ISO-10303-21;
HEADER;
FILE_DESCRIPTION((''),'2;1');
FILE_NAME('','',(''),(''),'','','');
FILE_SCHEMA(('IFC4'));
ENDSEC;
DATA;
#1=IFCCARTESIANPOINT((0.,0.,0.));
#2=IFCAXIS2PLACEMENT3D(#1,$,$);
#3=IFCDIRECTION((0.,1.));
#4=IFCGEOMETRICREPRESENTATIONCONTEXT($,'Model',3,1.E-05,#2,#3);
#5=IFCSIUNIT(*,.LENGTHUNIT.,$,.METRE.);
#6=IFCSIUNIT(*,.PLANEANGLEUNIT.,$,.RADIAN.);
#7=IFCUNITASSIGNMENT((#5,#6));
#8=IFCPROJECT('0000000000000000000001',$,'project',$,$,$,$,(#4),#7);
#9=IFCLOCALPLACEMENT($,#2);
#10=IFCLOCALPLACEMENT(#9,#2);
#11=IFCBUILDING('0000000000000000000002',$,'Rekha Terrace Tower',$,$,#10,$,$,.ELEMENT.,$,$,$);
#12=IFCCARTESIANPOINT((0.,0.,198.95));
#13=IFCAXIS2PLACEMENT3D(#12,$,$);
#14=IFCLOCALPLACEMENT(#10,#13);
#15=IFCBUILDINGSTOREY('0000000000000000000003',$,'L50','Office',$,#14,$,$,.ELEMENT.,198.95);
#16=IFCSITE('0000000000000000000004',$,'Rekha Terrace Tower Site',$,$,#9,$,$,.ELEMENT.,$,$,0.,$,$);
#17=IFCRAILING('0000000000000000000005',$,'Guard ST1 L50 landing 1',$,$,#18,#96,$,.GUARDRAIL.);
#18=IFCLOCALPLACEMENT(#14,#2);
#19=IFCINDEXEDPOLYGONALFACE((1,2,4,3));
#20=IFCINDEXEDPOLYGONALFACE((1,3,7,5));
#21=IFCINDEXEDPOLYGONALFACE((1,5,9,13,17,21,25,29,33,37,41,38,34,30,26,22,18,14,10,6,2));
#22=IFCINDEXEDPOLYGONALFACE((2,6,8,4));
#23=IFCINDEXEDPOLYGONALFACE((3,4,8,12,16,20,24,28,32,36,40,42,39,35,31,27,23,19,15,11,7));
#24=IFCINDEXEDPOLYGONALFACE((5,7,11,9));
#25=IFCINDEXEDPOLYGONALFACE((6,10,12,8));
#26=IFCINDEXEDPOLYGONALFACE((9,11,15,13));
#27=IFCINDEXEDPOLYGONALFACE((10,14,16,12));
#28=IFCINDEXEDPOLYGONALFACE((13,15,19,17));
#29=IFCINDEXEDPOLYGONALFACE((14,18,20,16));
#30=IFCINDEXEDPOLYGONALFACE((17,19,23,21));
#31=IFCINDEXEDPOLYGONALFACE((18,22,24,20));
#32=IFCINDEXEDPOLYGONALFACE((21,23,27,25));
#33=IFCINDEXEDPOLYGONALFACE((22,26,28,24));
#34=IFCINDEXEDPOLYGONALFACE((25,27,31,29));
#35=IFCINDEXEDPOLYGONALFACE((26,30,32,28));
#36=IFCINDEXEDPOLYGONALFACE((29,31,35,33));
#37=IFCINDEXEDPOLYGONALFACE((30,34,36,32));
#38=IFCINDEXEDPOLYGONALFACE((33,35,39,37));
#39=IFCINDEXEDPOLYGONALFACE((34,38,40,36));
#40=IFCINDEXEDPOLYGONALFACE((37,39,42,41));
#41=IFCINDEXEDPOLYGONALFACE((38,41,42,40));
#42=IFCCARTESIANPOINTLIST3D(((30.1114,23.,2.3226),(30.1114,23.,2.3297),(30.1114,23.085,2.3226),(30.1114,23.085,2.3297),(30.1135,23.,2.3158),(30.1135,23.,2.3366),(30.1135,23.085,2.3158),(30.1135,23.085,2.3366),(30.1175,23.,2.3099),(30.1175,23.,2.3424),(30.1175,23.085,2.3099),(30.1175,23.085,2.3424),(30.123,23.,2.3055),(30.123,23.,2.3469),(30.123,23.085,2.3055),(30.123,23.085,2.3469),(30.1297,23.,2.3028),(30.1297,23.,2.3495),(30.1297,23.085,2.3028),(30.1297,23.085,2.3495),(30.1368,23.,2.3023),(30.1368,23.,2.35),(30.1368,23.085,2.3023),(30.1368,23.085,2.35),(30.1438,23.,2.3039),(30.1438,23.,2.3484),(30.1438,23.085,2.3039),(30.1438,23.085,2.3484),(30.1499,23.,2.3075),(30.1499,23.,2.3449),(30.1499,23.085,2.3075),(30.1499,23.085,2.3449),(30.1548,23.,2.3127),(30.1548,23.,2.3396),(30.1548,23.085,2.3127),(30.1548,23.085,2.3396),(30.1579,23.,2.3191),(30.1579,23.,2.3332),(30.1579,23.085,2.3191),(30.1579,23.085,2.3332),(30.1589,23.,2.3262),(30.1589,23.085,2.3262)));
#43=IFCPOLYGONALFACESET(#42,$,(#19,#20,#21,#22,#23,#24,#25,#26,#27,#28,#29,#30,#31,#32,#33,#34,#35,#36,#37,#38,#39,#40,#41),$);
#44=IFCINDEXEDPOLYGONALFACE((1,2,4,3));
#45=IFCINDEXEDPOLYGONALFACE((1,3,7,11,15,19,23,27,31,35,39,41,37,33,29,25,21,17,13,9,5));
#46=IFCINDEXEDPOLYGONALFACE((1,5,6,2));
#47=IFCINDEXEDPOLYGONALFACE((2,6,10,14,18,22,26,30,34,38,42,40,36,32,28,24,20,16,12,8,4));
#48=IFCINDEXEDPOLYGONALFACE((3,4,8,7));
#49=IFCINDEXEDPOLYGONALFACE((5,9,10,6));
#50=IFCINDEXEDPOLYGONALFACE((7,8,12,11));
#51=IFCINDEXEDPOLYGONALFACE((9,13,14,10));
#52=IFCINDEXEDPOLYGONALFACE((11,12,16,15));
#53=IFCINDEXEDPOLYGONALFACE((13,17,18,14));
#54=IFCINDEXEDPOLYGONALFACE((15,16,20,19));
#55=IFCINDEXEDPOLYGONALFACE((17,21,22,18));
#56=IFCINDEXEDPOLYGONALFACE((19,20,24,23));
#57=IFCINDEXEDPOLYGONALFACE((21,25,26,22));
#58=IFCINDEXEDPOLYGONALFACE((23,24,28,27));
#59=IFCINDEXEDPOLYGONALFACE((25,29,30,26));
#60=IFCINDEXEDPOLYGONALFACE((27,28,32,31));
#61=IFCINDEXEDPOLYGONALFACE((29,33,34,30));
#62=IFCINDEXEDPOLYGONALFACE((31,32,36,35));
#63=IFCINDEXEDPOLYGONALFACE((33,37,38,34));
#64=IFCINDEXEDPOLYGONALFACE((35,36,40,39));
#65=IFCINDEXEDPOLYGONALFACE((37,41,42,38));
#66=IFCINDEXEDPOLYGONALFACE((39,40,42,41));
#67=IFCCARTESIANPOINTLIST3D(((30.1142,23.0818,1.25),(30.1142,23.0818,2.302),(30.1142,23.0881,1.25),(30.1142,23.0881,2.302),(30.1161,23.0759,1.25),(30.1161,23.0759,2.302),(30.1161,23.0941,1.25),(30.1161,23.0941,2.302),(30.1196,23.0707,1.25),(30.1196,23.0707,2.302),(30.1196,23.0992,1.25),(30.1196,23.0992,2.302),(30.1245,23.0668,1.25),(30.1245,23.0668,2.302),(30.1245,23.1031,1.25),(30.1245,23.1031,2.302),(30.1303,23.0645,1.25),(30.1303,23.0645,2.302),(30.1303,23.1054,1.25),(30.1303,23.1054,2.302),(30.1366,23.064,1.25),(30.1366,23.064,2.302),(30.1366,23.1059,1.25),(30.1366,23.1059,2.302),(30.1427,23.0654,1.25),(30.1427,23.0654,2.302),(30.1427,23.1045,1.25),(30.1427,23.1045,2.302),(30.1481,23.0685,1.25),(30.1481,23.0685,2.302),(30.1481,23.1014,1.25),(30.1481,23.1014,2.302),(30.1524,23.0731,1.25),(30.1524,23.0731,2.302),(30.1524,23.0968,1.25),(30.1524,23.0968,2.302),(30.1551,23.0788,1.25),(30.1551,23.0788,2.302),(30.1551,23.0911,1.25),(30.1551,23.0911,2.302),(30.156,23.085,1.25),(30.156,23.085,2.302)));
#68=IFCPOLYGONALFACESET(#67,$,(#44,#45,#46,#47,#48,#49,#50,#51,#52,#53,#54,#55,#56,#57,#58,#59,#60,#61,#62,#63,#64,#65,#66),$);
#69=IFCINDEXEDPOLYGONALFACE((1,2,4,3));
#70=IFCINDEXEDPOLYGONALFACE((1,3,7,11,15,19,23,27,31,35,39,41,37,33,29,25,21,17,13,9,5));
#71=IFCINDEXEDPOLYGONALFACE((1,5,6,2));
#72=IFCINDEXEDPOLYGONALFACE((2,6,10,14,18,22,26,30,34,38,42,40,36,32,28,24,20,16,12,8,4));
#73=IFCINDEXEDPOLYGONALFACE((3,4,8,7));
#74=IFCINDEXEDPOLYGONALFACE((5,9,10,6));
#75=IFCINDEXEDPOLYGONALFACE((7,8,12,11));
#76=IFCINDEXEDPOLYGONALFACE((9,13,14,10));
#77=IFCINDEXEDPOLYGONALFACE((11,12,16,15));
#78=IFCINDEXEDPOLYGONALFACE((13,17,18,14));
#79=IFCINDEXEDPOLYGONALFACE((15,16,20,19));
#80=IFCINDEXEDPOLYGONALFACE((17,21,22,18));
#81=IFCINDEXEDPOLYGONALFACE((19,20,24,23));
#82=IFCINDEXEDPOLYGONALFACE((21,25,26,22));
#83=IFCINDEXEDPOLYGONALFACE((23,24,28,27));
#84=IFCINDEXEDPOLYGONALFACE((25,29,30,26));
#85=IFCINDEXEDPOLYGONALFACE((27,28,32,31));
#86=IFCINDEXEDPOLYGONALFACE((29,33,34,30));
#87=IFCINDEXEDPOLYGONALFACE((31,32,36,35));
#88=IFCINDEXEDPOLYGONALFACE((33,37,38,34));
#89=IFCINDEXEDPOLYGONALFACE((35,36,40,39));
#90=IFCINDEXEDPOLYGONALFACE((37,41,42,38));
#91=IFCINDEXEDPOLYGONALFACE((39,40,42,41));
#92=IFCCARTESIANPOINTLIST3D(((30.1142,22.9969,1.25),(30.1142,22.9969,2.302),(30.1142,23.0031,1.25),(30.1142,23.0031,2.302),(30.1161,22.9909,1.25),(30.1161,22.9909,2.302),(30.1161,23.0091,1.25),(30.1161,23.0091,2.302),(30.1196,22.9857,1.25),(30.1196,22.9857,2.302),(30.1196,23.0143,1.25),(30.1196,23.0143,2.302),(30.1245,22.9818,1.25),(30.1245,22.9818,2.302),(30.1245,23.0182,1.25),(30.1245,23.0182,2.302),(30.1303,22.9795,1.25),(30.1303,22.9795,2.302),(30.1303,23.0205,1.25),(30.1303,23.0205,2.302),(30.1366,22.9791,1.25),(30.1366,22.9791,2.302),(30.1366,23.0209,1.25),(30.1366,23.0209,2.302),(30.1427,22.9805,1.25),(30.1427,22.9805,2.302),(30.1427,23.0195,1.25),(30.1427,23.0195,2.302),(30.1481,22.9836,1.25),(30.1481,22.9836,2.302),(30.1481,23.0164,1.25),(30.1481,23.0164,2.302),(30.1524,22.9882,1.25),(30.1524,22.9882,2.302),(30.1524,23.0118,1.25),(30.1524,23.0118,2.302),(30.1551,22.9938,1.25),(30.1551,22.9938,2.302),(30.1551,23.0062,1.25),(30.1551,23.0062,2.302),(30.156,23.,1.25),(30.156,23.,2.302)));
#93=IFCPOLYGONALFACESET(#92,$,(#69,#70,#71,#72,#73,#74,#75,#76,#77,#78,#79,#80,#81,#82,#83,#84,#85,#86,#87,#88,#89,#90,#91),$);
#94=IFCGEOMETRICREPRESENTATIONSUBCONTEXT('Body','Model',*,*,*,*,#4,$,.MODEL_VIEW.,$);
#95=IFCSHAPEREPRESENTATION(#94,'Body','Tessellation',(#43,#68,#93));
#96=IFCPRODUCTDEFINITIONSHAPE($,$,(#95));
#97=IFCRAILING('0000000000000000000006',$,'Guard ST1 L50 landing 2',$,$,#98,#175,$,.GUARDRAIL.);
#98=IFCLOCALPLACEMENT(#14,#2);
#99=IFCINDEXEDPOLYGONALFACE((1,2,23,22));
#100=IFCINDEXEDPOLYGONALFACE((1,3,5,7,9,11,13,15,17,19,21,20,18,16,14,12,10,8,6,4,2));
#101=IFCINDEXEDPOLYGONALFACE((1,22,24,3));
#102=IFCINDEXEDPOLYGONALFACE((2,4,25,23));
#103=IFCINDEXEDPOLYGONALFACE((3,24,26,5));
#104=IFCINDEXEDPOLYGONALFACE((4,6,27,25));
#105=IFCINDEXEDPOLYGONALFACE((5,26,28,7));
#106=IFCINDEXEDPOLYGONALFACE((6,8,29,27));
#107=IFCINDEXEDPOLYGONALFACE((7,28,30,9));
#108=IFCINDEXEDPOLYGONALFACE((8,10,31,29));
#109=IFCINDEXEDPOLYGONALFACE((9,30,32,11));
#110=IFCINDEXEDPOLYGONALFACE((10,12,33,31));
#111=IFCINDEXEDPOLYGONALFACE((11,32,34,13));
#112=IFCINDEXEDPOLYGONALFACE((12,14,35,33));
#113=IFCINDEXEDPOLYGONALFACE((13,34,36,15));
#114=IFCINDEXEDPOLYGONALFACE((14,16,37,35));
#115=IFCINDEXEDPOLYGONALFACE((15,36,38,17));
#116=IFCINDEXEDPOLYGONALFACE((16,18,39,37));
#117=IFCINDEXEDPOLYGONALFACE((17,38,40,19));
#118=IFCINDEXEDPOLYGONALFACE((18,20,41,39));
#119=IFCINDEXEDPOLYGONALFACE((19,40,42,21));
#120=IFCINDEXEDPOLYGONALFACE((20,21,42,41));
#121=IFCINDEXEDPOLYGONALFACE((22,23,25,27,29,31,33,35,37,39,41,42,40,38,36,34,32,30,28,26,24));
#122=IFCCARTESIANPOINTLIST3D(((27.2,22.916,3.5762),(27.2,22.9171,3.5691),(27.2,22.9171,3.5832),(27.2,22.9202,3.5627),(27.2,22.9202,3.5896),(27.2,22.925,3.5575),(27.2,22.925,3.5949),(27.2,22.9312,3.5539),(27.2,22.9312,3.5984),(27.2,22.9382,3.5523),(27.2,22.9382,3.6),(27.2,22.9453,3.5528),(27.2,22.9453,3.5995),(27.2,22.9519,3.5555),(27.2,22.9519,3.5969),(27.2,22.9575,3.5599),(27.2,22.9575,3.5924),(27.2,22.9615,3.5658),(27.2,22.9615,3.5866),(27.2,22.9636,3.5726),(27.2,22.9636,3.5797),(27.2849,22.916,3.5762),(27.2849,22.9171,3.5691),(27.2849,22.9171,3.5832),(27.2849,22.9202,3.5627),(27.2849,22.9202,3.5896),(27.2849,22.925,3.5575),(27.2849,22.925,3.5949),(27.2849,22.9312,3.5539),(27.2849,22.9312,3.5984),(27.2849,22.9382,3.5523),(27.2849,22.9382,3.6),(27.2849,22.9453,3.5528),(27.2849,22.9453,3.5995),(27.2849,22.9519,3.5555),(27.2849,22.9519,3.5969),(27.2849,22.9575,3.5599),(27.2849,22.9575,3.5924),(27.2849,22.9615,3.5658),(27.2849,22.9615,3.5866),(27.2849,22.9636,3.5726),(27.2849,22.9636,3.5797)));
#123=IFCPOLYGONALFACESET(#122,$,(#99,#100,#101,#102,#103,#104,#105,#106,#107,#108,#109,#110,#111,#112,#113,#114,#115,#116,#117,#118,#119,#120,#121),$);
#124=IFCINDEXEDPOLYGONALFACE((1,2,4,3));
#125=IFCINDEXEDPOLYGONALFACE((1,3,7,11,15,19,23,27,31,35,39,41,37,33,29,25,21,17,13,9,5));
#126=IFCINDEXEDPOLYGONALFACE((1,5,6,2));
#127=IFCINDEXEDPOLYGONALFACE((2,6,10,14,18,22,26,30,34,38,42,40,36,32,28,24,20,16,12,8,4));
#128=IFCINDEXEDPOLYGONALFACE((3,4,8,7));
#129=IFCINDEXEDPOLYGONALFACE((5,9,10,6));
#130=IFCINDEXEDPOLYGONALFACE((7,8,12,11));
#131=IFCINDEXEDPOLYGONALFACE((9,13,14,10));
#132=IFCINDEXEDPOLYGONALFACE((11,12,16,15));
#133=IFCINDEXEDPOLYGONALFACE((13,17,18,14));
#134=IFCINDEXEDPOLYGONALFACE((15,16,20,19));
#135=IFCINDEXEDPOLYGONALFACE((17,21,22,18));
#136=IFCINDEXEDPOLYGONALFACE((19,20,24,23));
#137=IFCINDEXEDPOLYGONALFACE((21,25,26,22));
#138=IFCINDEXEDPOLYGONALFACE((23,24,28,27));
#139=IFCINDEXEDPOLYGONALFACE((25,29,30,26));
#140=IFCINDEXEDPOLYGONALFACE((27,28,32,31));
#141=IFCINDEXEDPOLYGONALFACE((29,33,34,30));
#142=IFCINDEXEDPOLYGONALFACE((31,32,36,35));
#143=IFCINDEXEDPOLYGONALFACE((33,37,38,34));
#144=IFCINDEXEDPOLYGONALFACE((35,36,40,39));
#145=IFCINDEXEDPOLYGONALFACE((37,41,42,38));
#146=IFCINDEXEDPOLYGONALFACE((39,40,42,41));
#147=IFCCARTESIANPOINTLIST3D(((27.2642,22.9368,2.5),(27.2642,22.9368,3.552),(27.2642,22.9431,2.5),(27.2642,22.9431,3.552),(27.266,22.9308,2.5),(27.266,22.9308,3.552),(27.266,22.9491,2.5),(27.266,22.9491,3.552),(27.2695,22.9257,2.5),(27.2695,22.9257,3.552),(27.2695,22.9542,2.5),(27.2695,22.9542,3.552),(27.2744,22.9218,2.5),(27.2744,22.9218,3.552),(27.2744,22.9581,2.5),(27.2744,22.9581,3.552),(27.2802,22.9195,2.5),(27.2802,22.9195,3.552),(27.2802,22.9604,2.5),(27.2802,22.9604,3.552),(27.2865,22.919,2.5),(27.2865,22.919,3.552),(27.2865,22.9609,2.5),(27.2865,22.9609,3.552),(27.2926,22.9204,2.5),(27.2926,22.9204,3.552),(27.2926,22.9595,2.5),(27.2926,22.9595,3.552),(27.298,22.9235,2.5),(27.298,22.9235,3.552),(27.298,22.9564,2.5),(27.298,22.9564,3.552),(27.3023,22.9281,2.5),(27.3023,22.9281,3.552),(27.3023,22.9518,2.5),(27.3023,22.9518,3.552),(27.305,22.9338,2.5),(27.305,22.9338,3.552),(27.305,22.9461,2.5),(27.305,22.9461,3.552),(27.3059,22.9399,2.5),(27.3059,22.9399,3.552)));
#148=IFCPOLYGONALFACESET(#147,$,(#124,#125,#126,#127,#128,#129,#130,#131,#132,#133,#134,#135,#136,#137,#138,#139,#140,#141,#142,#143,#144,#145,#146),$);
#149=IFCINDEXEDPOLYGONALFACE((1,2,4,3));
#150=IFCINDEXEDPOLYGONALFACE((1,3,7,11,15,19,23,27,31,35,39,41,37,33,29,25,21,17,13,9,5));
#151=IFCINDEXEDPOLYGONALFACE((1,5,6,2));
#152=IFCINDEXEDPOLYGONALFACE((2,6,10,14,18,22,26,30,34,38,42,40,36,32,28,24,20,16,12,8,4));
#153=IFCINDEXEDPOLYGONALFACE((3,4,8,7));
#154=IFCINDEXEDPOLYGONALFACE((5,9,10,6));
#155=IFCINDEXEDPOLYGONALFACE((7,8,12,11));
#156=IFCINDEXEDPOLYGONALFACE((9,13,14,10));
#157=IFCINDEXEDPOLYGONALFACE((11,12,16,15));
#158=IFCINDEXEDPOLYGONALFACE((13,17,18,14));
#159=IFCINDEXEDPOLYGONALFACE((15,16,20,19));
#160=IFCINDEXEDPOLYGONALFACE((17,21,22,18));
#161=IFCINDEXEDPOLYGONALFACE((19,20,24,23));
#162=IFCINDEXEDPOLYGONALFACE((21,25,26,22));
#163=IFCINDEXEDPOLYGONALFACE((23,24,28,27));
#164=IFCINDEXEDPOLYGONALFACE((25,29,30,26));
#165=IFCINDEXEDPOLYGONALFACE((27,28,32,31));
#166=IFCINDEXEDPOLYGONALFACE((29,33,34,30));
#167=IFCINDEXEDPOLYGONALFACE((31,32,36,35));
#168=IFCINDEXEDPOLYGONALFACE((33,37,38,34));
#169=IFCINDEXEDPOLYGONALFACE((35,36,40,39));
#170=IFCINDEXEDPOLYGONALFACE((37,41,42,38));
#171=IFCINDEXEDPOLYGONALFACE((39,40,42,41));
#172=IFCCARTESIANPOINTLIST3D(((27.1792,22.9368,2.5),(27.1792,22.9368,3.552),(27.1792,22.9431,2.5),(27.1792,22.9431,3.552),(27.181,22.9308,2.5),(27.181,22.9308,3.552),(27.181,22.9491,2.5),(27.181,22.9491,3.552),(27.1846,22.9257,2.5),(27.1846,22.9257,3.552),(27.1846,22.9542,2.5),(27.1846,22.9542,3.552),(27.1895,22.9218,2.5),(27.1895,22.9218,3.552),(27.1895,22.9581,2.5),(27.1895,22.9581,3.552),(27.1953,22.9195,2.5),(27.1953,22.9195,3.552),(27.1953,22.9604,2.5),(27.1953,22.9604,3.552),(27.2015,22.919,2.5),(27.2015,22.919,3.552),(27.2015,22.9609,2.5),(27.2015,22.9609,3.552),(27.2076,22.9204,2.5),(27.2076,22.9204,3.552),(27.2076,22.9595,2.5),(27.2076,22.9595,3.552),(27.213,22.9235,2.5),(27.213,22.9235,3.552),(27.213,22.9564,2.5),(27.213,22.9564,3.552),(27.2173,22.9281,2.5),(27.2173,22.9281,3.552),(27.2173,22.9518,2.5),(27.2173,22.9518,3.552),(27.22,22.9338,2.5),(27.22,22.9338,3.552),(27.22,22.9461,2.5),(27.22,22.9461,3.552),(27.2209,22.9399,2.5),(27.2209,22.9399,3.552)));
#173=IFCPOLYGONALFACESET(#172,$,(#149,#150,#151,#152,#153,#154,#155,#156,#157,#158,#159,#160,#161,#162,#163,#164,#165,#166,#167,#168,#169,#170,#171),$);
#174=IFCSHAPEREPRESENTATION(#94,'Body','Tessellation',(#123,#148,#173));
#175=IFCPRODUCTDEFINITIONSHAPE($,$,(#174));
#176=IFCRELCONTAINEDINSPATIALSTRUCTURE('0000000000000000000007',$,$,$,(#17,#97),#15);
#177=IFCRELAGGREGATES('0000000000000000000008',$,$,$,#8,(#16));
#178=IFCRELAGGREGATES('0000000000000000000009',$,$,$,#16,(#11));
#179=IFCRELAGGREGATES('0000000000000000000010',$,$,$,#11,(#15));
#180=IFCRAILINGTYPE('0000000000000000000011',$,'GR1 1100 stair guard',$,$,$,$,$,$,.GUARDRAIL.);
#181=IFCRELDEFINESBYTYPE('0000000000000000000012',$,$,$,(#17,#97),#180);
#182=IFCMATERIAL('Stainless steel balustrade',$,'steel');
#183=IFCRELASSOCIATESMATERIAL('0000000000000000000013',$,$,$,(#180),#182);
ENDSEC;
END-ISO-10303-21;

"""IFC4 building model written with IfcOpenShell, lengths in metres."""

from ifc_helpers import new_model, si_unit, direction, frame, origin, origin_2d, place, context, subcontext, project, spatial, circle, extrude, material, type_object, element, save


model = new_model("IFC4")

# Units and contexts
model_context = context("Model", 3, precision=1e-05, world=origin(), true_north=direction((0.0, 1.0)))
body_context = subcontext(model_context, "Body", "Model", "MODEL_VIEW")
ifc_project = project(units=[si_unit("LENGTHUNIT", "METRE"), si_unit("PLANEANGLEUNIT", "RADIAN")], contexts=[model_context])

# Site, building, storey
site_placement = place(None, origin())
site = spatial("IfcSite", under=ifc_project, at=site_placement, Name="Rekha Terrace Tower Site", CompositionType="ELEMENT", RefElevation=0.0)
building_placement = place(site_placement, origin())
building = spatial("IfcBuilding", under=site, at=building_placement, Name="Rekha Terrace Tower", CompositionType="ELEMENT")
storey_placement = place(building_placement, frame((0.0, 0.0, 198.95)))
storey = spatial("IfcBuildingStorey", under=building, at=storey_placement, Name="L50", Description="Office", CompositionType="ELEMENT", Elevation=198.95)

# Railings
ifc_material_1 = material(Name="Stainless steel balustrade", Category="steel")
railing_type_1 = type_object("IfcRailingType", Name="GR1 1100 stair guard", PredefinedType="GUARDRAIL", material=ifc_material_1)
railing_1_placement = place(storey_placement, frame((30.135, 23.085, 1.25)))
element("IfcRailing", 1, at=railing_1_placement, inside=storey, type_object=railing_type_1, Name="Guard ST1 L50 landing 1", PredefinedType="GUARDRAIL", context=body_context, shape_type="SweptSolid", body=[
    extrude(circle(Radius=0.0239, at=origin_2d()), frame((0.0, 0.0, 1.0762), z_axis=(0.0, -1.0, 0.0), x_axis=(1.0, 0.0, 0.0)), (0.0, 0.0, 1.0), 0.085),
    extrude(circle(Radius=0.021, at=origin_2d()), origin(), (0.0, 0.0, 1.0), 1.052),
    extrude(circle(Radius=0.021, at=origin_2d()), frame((0.0, -0.085, 0.0)), (0.0, 0.0, 1.0), 1.052),
])
railing_2_placement = place(storey_placement, frame((27.2849, 22.9399, 2.5)))
element("IfcRailing", 2, at=railing_2_placement, inside=storey, type_object=railing_type_1, Name="Guard ST1 L50 landing 2", PredefinedType="GUARDRAIL", context=body_context, shape_type="SweptSolid", body=[
    extrude(circle(Radius=0.0239, at=origin_2d()), frame((0.0, 0.0, 1.0762), z_axis=(-1.0, 0.0, 0.0), x_axis=(0.0, -1.0, 0.0)), (0.0, 0.0, 1.0), 0.085),
    extrude(circle(Radius=0.021, at=origin_2d()), origin(), (0.0, 0.0, 1.0), 1.052),
    extrude(circle(Radius=0.021, at=origin_2d()), frame((-0.085, 0.0, 0.0)), (0.0, 0.0, 1.0), 1.052),
])

save(model, "model.ifc")
